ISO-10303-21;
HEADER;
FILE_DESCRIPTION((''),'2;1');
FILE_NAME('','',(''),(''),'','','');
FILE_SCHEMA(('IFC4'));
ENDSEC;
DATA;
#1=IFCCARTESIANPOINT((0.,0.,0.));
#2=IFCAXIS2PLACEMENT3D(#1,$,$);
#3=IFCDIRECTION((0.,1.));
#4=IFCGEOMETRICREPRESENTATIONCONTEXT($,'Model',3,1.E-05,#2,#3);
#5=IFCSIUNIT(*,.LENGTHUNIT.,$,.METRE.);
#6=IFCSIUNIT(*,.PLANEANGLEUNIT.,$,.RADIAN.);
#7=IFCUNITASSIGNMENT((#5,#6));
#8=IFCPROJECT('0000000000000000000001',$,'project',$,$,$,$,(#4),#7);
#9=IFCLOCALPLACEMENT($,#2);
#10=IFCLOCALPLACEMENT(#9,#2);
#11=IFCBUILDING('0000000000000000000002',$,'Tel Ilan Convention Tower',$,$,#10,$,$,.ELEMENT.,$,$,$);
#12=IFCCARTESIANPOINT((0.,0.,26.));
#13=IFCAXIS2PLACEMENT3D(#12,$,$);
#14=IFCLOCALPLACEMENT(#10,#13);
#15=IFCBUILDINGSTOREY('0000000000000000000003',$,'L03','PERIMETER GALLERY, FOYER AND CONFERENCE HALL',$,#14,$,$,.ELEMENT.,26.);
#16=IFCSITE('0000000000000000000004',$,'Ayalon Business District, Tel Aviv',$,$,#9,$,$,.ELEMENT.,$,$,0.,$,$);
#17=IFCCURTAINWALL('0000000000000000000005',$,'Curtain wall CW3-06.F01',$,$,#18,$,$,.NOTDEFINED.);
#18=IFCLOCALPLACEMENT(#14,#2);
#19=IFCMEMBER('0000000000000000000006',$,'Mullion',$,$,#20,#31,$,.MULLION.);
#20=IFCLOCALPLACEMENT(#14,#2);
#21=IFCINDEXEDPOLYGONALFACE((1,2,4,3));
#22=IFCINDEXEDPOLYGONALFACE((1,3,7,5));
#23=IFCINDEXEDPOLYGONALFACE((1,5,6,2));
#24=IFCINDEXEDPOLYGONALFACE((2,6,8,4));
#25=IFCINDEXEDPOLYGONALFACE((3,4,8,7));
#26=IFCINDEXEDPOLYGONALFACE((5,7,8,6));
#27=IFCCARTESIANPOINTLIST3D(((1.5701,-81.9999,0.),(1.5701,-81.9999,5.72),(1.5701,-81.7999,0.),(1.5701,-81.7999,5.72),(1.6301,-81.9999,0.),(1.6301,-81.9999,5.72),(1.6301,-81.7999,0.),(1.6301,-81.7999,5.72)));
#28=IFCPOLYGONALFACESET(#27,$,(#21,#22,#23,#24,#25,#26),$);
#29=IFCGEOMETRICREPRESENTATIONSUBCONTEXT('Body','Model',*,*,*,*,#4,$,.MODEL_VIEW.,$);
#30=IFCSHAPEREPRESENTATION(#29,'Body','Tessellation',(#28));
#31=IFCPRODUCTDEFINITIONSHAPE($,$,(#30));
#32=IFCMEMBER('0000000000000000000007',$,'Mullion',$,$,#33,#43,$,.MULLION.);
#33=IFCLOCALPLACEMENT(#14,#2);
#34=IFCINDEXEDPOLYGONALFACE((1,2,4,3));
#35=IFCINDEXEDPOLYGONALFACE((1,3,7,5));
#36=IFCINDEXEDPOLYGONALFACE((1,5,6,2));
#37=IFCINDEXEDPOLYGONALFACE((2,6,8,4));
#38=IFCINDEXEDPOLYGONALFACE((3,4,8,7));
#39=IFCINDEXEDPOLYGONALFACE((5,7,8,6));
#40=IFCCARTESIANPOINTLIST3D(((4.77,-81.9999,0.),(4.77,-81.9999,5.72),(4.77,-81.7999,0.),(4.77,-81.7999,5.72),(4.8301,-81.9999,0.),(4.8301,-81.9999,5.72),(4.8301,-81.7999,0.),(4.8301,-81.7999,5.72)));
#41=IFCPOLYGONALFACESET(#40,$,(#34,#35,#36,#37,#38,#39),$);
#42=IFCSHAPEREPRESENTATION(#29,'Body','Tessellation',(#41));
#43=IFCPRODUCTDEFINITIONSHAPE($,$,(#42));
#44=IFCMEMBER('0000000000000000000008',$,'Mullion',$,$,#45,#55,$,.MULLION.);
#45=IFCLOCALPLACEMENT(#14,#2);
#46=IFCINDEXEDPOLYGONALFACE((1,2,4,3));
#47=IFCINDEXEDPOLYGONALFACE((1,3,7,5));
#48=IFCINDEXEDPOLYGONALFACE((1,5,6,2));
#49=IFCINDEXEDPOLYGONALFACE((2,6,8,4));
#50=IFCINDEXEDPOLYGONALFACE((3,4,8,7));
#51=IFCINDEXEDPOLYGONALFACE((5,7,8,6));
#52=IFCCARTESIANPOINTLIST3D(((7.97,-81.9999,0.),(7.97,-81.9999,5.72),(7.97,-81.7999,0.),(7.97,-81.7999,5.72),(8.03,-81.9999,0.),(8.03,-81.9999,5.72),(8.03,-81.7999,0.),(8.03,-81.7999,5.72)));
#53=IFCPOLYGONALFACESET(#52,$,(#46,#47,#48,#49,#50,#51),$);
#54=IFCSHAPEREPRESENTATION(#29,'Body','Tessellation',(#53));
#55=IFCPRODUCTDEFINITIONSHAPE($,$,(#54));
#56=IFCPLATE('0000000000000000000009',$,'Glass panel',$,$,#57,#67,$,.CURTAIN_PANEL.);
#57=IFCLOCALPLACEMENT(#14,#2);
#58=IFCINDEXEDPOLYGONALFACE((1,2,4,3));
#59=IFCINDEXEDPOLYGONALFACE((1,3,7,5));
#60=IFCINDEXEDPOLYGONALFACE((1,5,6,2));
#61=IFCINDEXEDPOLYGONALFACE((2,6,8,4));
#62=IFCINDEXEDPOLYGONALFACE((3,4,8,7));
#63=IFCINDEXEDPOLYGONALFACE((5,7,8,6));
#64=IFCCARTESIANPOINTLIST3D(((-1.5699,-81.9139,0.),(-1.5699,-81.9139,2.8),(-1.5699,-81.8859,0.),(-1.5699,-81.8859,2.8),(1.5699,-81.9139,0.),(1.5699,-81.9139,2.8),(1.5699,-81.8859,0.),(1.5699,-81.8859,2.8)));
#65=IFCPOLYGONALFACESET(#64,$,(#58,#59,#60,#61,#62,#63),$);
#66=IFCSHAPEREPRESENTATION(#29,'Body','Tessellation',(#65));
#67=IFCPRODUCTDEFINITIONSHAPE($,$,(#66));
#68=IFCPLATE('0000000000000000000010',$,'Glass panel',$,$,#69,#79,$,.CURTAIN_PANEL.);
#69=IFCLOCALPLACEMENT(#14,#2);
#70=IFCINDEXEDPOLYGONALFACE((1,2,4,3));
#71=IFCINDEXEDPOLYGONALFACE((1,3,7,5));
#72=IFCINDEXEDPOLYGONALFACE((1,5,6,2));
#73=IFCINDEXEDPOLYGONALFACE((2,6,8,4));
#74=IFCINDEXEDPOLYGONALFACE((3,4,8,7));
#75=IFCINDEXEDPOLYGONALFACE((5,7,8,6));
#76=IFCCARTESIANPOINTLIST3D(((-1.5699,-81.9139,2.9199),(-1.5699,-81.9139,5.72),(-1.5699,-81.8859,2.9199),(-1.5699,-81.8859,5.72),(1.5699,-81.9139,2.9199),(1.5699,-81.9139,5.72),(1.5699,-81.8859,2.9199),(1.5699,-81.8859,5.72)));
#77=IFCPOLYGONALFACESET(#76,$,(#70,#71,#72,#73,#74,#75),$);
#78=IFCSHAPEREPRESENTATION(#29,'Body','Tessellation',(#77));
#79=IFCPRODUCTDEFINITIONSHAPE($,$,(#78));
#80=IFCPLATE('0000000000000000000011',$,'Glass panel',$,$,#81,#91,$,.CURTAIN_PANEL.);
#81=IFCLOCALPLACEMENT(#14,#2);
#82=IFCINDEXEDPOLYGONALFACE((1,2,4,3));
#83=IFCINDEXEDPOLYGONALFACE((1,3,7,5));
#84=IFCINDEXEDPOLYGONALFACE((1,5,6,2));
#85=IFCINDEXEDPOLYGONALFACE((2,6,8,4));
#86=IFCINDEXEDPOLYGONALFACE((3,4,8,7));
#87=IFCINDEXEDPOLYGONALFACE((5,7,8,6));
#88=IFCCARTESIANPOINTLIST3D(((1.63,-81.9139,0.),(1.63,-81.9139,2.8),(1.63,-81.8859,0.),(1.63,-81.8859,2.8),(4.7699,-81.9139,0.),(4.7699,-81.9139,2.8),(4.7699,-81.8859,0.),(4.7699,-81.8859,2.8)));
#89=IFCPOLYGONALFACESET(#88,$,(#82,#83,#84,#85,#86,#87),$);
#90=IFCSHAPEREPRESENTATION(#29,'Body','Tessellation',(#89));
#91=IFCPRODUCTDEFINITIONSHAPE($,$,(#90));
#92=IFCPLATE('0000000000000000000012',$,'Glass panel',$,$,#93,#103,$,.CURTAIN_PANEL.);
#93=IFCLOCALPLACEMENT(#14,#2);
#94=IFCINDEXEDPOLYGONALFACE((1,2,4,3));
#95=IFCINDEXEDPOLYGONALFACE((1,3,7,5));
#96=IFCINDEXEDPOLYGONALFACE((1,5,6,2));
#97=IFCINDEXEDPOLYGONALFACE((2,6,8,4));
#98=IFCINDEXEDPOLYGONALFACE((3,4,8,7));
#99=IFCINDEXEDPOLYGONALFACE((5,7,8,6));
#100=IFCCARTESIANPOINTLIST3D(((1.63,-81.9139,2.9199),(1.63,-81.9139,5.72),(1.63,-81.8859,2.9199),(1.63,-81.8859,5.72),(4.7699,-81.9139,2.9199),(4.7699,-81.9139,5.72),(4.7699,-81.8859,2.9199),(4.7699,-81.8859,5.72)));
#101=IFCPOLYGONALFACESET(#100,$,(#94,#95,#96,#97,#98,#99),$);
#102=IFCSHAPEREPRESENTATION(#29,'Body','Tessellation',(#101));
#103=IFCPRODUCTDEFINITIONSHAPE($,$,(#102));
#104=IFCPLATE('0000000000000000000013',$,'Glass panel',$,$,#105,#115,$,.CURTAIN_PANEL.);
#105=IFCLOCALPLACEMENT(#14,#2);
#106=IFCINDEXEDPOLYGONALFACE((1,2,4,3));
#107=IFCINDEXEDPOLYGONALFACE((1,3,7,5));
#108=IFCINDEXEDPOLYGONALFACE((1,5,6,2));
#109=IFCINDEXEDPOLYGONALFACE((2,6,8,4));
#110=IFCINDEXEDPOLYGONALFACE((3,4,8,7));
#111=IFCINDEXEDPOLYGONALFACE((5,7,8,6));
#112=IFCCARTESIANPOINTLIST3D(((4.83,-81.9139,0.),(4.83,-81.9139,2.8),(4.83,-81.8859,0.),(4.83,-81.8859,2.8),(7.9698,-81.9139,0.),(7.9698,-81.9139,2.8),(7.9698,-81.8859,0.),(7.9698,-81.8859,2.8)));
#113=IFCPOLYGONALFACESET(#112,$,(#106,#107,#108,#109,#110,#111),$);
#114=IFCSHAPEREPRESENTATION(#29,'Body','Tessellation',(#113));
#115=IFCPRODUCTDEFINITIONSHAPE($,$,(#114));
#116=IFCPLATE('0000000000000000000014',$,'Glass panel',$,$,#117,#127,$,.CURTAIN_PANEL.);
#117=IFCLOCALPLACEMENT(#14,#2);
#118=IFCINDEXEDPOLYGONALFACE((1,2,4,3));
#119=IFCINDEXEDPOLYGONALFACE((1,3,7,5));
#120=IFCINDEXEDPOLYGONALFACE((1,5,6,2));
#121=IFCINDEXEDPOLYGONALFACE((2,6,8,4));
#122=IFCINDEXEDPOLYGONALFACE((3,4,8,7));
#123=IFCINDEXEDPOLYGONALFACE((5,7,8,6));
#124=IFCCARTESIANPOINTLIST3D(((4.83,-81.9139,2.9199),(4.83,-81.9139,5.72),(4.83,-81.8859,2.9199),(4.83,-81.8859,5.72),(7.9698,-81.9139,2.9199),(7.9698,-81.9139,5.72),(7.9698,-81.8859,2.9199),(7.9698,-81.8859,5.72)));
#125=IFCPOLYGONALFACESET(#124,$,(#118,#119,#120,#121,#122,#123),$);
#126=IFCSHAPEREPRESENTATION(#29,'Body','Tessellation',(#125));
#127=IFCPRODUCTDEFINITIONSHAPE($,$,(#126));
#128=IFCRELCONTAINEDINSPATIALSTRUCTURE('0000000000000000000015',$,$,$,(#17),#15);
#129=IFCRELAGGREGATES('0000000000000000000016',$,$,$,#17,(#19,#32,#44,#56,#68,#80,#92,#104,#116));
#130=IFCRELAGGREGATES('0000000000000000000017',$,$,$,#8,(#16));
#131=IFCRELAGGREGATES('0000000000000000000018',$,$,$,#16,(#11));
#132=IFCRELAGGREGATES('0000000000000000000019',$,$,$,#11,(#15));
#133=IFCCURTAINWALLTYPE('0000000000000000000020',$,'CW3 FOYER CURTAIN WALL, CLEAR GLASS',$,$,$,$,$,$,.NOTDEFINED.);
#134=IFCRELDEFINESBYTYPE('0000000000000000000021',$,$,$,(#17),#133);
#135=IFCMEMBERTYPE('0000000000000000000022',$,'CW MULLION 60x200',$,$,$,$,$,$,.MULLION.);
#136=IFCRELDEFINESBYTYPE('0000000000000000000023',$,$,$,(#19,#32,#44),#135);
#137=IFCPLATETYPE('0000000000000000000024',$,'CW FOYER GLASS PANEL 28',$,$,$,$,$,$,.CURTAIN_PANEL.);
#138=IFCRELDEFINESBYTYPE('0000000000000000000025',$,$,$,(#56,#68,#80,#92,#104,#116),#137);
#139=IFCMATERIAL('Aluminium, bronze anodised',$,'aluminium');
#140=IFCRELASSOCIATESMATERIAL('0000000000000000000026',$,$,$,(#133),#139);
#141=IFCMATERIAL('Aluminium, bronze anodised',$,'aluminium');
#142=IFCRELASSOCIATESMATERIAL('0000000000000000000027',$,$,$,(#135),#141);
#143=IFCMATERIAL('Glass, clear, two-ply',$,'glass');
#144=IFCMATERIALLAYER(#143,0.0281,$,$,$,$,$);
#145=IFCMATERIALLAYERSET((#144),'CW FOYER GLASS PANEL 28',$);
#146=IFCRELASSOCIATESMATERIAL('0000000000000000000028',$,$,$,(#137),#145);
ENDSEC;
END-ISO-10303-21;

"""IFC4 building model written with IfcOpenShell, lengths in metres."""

from ifc_helpers import new_model, si_unit, direction, frame, origin, origin_2d, place, context, subcontext, project, spatial, rectangle, extrude, material, layer, layer_set, material_profile, profile_set, type_object, element, aggregate, save


model = new_model("IFC4")

# Units and contexts
model_context = context("Model", 3, precision=1e-05, world=origin(), true_north=direction((0.0, 1.0)))
body_context = subcontext(model_context, "Body", "Model", "MODEL_VIEW")
ifc_project = project(units=[si_unit("LENGTHUNIT", "METRE"), si_unit("PLANEANGLEUNIT", "RADIAN")], contexts=[model_context])

# Site, building, storey
site_placement = place(None, origin())
site = spatial("IfcSite", under=ifc_project, at=site_placement, Name="Ayalon Business District, Tel Aviv", CompositionType="ELEMENT", RefElevation=0.0)
building_placement = place(site_placement, origin())
building = spatial("IfcBuilding", under=site, at=building_placement, Name="Tel Ilan Convention Tower", CompositionType="ELEMENT")
storey_placement = place(building_placement, frame((0.0, 0.0, 26.0)))
storey = spatial("IfcBuildingStorey", under=building, at=storey_placement, Name="L03", Description="PERIMETER GALLERY, FOYER AND CONFERENCE HALL", CompositionType="ELEMENT", Elevation=26.0)

# Curtain wall, members, plates
ifc_material_1 = material(Name="Aluminium, bronze anodised", Category="aluminium")
curtain_wall_type = type_object("IfcCurtainWallType", Name="CW3 FOYER CURTAIN WALL, CLEAR GLASS", PredefinedType="NOTDEFINED", material=ifc_material_1)
curtain_wall_placement = place(storey_placement, origin())
curtain_wall = element("IfcCurtainWall", 1, at=curtain_wall_placement, inside=storey, type_object=curtain_wall_type, Name="Curtain wall CW3-06.F01", PredefinedType="NOTDEFINED")
ifc_material_2 = material(Name="Aluminium, bronze anodised", Category="aluminium")
ifc_material_profile = material_profile(ifc_material_2, rectangle(XDim=0.0601, YDim=0.2, at=origin_2d()), Name="CW MULLION 60x200")
ifc_profile_set = profile_set([ifc_material_profile], Name="Aluminium, bronze anodised")
member_type = type_object("IfcMemberType", Name="CW MULLION 60x200", PredefinedType="MULLION", material=ifc_profile_set)
member_1_placement = place(storey_placement, frame((1.6001, -81.8999, 0.0), z_axis=(0.0, 0.0, 1.0), x_axis=(1.0, 0.0, 0.0)))
member_1 = element("IfcMember", 2, at=member_1_placement, type_object=member_type, Name="Mullion", PredefinedType="MULLION", context=body_context, shape_type="SweptSolid", body=[
    extrude(rectangle(XDim=0.0601, YDim=0.2, at=origin_2d()), origin(), (0.0, 0.0, 1.0), 5.72),
])
member_2_placement = place(storey_placement, frame((4.8, -81.8999, 0.0), z_axis=(0.0, 0.0, 1.0), x_axis=(1.0, 0.0, 0.0)))
member_2 = element("IfcMember", 3, at=member_2_placement, type_object=member_type, Name="Mullion", PredefinedType="MULLION", context=body_context, shape_type="SweptSolid", body=[
    extrude(rectangle(XDim=0.0601, YDim=0.2, at=origin_2d()), origin(), (0.0, 0.0, 1.0), 5.72),
])
member_3_placement = place(storey_placement, frame((8.0, -81.8999, 0.0), z_axis=(0.0, 0.0, 1.0), x_axis=(1.0, 0.0, 0.0)))
member_3 = element("IfcMember", 4, at=member_3_placement, type_object=member_type, Name="Mullion", PredefinedType="MULLION", context=body_context, shape_type="SweptSolid", body=[
    extrude(rectangle(XDim=0.0601, YDim=0.2, at=origin_2d()), origin(), (0.0, 0.0, 1.0), 5.72),
])
ifc_material_3 = material(Name="Glass, clear, two-ply", Category="glass")
ifc_layer_1 = layer(ifc_material_3, 0.0281)
ifc_layer_set_1 = layer_set([ifc_layer_1], Name="CW FOYER GLASS PANEL 28")
plate_type = type_object("IfcPlateType", Name="CW FOYER GLASS PANEL 28", PredefinedType="CURTAIN_PANEL", material=ifc_layer_set_1)
plate_1_placement = place(storey_placement, frame((0.0, -81.8999, 0.0), z_axis=(0.0, 0.0, 1.0), x_axis=(1.0, 0.0, 0.0)))
plate_1 = element("IfcPlate", 5, at=plate_1_placement, type_object=plate_type, Name="Glass panel", PredefinedType="CURTAIN_PANEL", context=body_context, shape_type="SweptSolid", body=[
    extrude(rectangle(XDim=3.1399, YDim=0.0281, at=origin_2d()), origin(), (0.0, 0.0, 1.0), 2.8),
])
plate_2_placement = place(storey_placement, frame((0.0, -81.8999, 2.9199), z_axis=(0.0, 0.0, 1.0), x_axis=(1.0, 0.0, 0.0)))
plate_2 = element("IfcPlate", 6, at=plate_2_placement, type_object=plate_type, Name="Glass panel", PredefinedType="CURTAIN_PANEL", context=body_context, shape_type="SweptSolid", body=[
    extrude(rectangle(XDim=3.1399, YDim=0.0281, at=origin_2d()), origin(), (0.0, 0.0, 1.0), 2.8),
])
plate_3_placement = place(storey_placement, frame((3.2, -81.8999, 0.0), z_axis=(0.0, 0.0, 1.0), x_axis=(1.0, 0.0, 0.0)))
plate_3 = element("IfcPlate", 7, at=plate_3_placement, type_object=plate_type, Name="Glass panel", PredefinedType="CURTAIN_PANEL", context=body_context, shape_type="SweptSolid", body=[
    extrude(rectangle(XDim=3.1399, YDim=0.0281, at=origin_2d()), origin(), (0.0, 0.0, 1.0), 2.8),
])
plate_4_placement = place(storey_placement, frame((3.2, -81.8999, 2.9199), z_axis=(0.0, 0.0, 1.0), x_axis=(1.0, 0.0, 0.0)))
plate_4 = element("IfcPlate", 8, at=plate_4_placement, type_object=plate_type, Name="Glass panel", PredefinedType="CURTAIN_PANEL", context=body_context, shape_type="SweptSolid", body=[
    extrude(rectangle(XDim=3.1399, YDim=0.0281, at=origin_2d()), origin(), (0.0, 0.0, 1.0), 2.8),
])
plate_5_placement = place(storey_placement, frame((6.3999, -81.8999, 0.0), z_axis=(0.0, 0.0, 1.0), x_axis=(1.0, 0.0, 0.0)))
plate_5 = element("IfcPlate", 9, at=plate_5_placement, type_object=plate_type, Name="Glass panel", PredefinedType="CURTAIN_PANEL", context=body_context, shape_type="SweptSolid", body=[
    extrude(rectangle(XDim=3.1399, YDim=0.0281, at=origin_2d()), origin(), (0.0, 0.0, 1.0), 2.8),
])
plate_6_placement = place(storey_placement, frame((6.3999, -81.8999, 2.9199), z_axis=(0.0, 0.0, 1.0), x_axis=(1.0, 0.0, 0.0)))
plate_6 = element("IfcPlate", 10, at=plate_6_placement, type_object=plate_type, Name="Glass panel", PredefinedType="CURTAIN_PANEL", context=body_context, shape_type="SweptSolid", body=[
    extrude(rectangle(XDim=3.1399, YDim=0.0281, at=origin_2d()), origin(), (0.0, 0.0, 1.0), 2.8),
])
aggregate(curtain_wall, [member_1, member_2, member_3, plate_1, plate_2, plate_3, plate_4, plate_5, plate_6])

save(model, "model.ifc")
